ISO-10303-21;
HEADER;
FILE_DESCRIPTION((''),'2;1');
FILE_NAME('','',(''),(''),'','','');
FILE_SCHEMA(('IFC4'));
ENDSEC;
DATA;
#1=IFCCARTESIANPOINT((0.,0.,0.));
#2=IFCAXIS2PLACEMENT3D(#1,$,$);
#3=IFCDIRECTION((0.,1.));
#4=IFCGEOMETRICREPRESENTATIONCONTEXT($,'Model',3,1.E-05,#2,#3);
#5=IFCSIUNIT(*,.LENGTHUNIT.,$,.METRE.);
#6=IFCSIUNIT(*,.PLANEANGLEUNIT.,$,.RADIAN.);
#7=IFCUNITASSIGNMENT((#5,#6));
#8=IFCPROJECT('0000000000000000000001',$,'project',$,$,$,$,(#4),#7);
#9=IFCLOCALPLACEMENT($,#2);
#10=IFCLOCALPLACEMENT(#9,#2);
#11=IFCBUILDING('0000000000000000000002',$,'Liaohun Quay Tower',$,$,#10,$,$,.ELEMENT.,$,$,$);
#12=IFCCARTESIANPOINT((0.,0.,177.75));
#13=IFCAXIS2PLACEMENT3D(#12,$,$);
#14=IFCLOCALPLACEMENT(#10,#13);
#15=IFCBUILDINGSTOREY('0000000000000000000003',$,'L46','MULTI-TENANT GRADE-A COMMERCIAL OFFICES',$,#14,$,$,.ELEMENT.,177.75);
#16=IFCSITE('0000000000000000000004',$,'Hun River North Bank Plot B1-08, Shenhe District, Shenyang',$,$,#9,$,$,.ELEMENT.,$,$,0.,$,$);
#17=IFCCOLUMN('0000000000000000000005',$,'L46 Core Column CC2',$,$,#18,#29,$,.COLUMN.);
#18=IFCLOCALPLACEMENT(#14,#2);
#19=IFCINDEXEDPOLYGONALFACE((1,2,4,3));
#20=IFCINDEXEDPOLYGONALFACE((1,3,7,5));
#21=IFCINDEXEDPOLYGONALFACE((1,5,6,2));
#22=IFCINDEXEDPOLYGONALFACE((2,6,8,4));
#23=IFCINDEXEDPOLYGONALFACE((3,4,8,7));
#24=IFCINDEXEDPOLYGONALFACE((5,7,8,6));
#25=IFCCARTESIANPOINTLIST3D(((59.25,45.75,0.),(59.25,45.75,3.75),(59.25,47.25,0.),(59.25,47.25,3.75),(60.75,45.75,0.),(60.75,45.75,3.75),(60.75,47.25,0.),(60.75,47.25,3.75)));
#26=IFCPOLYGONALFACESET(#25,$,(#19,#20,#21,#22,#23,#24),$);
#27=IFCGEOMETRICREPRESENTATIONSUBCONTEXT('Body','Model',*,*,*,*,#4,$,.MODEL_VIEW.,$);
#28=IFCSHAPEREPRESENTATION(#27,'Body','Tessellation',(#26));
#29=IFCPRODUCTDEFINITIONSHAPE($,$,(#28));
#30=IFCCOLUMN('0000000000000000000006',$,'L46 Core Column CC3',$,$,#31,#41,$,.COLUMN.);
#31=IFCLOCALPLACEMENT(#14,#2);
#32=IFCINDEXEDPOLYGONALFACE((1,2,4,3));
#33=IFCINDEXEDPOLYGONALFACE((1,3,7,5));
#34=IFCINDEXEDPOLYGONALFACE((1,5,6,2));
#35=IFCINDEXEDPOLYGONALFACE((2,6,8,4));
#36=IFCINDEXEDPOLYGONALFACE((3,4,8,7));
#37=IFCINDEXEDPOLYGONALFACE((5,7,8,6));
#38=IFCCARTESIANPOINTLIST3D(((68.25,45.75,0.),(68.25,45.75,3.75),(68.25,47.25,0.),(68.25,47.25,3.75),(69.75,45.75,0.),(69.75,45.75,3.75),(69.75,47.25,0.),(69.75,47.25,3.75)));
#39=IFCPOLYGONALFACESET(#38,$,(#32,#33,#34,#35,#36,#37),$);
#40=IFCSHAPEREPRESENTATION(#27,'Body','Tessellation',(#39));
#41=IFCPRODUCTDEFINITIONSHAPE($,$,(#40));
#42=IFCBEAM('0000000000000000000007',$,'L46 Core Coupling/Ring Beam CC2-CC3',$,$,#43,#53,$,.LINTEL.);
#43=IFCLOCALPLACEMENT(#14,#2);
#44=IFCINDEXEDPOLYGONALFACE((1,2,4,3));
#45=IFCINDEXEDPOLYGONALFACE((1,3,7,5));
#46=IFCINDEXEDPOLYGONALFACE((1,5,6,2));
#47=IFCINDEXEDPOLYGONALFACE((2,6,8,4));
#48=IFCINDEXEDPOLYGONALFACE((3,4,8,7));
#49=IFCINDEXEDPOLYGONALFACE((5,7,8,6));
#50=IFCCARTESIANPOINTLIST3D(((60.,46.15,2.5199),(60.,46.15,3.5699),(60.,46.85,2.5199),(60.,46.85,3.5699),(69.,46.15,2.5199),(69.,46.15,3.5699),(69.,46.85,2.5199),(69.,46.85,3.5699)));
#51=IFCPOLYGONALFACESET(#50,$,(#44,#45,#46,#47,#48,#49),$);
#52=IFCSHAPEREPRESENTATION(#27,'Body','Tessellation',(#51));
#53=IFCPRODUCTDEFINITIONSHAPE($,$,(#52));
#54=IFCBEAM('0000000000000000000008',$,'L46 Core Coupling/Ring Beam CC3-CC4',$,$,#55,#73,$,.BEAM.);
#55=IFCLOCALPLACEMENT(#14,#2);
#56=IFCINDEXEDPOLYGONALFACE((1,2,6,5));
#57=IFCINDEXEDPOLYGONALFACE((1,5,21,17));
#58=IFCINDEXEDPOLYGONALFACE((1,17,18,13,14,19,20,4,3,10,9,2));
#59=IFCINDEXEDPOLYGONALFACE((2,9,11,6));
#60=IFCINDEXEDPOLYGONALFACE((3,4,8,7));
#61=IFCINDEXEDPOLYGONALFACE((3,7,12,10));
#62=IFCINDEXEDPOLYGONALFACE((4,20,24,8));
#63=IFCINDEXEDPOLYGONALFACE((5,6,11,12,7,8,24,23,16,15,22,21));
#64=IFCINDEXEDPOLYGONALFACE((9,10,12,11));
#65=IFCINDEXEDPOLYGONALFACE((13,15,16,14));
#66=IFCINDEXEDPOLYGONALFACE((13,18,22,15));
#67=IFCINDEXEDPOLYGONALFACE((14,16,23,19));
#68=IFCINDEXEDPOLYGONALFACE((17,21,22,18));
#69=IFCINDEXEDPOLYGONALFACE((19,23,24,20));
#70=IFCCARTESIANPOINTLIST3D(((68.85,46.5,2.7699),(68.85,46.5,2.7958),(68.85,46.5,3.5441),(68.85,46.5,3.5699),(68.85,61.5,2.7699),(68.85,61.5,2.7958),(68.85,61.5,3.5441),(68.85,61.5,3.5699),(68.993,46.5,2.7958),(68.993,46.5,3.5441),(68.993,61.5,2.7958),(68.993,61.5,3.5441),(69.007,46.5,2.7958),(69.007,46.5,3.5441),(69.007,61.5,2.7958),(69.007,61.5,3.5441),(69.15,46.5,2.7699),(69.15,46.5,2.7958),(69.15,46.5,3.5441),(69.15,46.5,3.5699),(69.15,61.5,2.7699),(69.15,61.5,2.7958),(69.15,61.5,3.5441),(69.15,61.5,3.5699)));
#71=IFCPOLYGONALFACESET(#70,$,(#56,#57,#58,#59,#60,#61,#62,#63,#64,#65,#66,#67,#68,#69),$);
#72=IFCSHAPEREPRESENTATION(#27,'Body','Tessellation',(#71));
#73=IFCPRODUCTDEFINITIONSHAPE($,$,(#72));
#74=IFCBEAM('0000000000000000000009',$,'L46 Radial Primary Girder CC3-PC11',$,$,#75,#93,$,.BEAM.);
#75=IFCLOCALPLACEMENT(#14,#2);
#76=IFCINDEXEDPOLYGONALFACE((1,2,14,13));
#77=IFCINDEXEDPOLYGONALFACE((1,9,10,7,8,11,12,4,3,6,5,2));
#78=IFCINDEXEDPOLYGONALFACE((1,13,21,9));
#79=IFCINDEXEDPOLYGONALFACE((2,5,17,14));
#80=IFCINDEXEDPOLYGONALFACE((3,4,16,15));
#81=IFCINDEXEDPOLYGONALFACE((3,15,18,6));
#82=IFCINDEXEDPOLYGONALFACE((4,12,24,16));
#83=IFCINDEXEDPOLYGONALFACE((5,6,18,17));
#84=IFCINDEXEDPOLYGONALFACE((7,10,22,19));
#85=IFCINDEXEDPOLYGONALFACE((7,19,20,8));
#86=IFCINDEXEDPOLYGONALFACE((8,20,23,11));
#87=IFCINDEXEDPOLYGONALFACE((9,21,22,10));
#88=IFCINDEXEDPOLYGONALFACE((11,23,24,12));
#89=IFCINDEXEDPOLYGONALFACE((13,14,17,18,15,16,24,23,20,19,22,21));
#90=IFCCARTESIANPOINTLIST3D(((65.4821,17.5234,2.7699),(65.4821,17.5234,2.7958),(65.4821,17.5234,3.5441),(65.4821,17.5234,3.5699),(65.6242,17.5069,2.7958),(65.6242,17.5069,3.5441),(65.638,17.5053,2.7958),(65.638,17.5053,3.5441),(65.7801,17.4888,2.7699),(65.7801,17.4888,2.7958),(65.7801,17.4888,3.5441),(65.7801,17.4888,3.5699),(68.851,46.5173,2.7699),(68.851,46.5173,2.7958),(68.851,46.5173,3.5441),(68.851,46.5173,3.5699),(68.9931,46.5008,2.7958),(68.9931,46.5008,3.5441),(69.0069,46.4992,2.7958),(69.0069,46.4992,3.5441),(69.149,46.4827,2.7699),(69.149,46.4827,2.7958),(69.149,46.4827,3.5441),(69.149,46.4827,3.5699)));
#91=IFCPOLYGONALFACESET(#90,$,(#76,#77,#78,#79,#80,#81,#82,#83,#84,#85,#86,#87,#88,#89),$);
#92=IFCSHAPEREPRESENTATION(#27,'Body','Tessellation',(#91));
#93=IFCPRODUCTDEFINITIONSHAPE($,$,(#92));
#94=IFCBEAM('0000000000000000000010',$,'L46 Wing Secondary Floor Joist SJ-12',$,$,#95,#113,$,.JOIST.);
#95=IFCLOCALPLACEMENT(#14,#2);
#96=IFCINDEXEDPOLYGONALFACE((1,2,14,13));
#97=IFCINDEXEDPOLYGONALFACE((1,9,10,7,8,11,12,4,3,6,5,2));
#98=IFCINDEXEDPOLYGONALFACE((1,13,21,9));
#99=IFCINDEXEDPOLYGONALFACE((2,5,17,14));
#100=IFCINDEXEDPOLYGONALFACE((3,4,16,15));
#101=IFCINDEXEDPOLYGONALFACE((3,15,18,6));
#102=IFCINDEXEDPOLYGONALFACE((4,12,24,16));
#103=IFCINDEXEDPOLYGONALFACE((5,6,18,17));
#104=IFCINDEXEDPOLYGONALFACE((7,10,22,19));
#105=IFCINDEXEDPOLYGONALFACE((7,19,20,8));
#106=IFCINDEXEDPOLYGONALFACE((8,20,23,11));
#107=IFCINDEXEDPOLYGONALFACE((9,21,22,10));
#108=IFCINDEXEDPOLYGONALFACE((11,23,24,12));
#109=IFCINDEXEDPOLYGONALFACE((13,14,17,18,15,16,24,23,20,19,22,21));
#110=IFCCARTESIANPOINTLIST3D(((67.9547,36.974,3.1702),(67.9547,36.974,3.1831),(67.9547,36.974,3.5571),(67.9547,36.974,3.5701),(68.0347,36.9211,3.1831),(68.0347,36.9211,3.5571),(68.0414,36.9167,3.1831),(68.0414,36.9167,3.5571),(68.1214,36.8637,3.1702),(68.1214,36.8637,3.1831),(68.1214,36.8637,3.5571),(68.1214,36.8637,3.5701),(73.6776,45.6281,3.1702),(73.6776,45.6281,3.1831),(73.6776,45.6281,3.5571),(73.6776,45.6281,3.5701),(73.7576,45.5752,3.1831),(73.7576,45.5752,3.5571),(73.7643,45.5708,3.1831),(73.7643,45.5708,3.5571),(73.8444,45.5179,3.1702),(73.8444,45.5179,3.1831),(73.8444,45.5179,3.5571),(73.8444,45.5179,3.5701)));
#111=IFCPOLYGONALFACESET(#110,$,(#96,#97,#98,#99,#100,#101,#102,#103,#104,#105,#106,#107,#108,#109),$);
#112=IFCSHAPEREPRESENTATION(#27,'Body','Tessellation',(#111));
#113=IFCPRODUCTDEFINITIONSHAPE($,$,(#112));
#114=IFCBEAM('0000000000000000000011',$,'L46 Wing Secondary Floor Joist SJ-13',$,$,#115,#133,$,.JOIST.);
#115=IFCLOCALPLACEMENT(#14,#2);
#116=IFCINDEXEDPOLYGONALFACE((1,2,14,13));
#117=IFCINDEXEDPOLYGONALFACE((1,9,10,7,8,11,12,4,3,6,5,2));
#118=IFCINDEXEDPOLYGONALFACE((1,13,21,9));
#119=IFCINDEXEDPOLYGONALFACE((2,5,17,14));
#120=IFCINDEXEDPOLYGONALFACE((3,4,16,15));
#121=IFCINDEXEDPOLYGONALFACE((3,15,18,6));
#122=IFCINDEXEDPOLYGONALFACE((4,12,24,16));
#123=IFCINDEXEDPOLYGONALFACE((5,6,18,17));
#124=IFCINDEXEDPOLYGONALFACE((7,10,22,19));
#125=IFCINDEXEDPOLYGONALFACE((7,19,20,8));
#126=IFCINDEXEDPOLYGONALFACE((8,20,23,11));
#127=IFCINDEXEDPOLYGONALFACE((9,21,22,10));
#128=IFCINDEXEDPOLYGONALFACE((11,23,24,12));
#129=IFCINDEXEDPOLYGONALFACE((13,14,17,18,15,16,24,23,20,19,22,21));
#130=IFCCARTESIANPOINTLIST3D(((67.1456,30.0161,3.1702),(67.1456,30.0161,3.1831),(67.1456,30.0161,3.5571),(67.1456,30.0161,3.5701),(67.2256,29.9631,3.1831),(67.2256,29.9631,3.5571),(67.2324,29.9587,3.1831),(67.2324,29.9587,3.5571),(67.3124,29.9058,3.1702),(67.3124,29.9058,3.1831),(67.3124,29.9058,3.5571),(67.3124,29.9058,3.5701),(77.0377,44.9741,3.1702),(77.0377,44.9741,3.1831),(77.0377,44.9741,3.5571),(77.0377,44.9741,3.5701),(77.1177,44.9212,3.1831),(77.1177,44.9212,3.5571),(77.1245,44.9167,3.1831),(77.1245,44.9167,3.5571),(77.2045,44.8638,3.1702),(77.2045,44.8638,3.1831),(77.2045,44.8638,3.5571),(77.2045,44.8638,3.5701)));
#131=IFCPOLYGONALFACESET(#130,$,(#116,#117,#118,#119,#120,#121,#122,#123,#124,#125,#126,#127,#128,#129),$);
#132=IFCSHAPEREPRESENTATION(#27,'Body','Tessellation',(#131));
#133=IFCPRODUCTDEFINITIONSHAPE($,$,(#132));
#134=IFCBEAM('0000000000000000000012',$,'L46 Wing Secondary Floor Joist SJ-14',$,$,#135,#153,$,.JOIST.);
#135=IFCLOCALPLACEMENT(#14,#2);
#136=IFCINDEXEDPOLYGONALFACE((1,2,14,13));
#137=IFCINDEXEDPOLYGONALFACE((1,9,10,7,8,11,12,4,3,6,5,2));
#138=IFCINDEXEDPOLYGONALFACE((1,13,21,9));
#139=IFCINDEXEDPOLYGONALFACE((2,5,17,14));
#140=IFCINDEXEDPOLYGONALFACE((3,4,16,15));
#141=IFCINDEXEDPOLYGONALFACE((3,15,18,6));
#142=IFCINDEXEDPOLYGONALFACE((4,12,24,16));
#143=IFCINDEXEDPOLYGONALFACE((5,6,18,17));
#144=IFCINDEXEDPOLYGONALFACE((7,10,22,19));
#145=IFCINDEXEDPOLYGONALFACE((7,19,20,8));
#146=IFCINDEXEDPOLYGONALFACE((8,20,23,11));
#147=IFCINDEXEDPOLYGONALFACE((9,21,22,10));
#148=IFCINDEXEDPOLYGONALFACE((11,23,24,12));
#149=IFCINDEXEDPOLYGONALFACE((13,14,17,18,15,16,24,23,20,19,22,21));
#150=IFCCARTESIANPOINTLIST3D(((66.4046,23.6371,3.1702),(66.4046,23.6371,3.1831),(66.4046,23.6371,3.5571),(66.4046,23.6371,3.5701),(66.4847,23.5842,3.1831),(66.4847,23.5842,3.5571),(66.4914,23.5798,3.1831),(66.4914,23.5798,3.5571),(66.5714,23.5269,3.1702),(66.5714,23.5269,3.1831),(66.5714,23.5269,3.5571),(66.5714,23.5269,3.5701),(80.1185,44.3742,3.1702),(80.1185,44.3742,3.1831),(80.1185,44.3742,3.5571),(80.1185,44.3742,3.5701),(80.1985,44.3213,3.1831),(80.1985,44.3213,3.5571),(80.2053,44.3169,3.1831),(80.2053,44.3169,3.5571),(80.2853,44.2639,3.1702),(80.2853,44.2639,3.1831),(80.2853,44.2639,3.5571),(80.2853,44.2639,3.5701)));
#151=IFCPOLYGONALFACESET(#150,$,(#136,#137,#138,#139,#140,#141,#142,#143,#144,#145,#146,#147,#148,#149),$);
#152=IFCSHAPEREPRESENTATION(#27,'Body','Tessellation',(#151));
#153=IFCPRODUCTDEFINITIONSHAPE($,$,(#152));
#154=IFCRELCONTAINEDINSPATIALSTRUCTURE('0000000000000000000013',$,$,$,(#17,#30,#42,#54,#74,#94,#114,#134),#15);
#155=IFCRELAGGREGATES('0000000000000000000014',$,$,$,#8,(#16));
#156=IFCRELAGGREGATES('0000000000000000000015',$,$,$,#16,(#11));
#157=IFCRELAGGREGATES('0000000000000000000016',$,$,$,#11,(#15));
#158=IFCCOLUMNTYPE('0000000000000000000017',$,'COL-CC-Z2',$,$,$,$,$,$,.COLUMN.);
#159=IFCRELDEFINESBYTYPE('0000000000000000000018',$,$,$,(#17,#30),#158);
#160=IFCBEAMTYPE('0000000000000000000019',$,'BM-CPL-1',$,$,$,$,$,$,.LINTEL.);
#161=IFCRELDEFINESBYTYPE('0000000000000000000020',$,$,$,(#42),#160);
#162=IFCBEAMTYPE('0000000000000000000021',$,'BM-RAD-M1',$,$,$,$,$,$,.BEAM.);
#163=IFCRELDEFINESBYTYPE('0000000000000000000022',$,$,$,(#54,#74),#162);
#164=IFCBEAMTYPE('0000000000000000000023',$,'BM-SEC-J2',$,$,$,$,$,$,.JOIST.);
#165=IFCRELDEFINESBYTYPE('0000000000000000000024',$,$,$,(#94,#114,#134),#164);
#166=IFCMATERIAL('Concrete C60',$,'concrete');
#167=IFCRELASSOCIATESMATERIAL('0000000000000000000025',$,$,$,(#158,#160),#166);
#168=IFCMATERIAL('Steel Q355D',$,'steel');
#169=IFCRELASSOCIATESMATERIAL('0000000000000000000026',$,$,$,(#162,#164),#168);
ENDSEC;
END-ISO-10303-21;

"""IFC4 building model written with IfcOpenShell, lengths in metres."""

from ifc_helpers import new_model, si_unit, direction, frame, origin, origin_2d, place, context, subcontext, project, spatial, rectangle, i_section, extrude, source, transform, mapped, material, material_profile, profile_set, type_object, element, save


model = new_model("IFC4")

# Units and contexts
model_context = context("Model", 3, precision=1e-05, world=origin(), true_north=direction((0.0, 1.0)))
body_context = subcontext(model_context, "Body", "Model", "MODEL_VIEW")
ifc_project = project(units=[si_unit("LENGTHUNIT", "METRE"), si_unit("PLANEANGLEUNIT", "RADIAN")], contexts=[model_context])

# Site, building, storey
site_placement = place(None, origin())
site = spatial("IfcSite", under=ifc_project, at=site_placement, Name="Hun River North Bank Plot B1-08, Shenhe District, Shenyang", CompositionType="ELEMENT", RefElevation=0.0)
building_placement = place(site_placement, origin())
building = spatial("IfcBuilding", under=site, at=building_placement, Name="Liaohun Quay Tower", CompositionType="ELEMENT")
storey_placement = place(building_placement, frame((0.0, 0.0, 177.75)))
storey = spatial("IfcBuildingStorey", under=building, at=storey_placement, Name="L46", Description="MULTI-TENANT GRADE-A COMMERCIAL OFFICES", CompositionType="ELEMENT", Elevation=177.75)

# Columns
ifc_material_1 = material(Name="Concrete C60", Category="concrete")
ifc_material_profile_1 = material_profile(ifc_material_1, rectangle(XDim=1.5, YDim=1.5, at=origin_2d()), Name="RC1500x1500")
ifc_profile_set_1 = profile_set([ifc_material_profile_1], Name="Concrete C60")
column_type = type_object("IfcColumnType", Name="COL-CC-Z2", PredefinedType="COLUMN", material=ifc_profile_set_1)
shared_shape_1 = source(origin(), body_context, "Body", "SweptSolid", [
    extrude(rectangle(XDim=1.5, YDim=1.5, at=origin_2d()), origin(), (0.0, 0.0, 1.0), 3.75),
])
for number, where, z_axis, x_axis, name in (
    (1, (60.0, 46.5, 0.0), (0.0, 0.0, 1.0), (1.0, 0.0, 0.0), "L46 Core Column CC2"),
    (2, (69.0, 46.5, 0.0), (0.0, 0.0, 1.0), (1.0, 0.0, 0.0), "L46 Core Column CC3"),
):
    element("IfcColumn", number, at=place(storey_placement, frame(where, z_axis=z_axis, x_axis=x_axis)), inside=storey, type_object=column_type, Name=name, PredefinedType="COLUMN", context=body_context, shape_type="MappedRepresentation", body=[
        mapped(shared_shape_1, transform((0.0, 0.0, 0.0), x_axis=(1.0, 0.0, 0.0), y_axis=(0.0, 1.0, 0.0), z_axis=(0.0, 0.0, 1.0), scale=1.0)),
    ])

# Beams
ifc_material_profile_2 = material_profile(ifc_material_1, rectangle(XDim=0.7, YDim=1.05, at=origin_2d()), Name="RC700x1050")
ifc_profile_set_2 = profile_set([ifc_material_profile_2], Name="Concrete C60")
beam_type_1 = type_object("IfcBeamType", Name="BM-CPL-1", PredefinedType="LINTEL", material=ifc_profile_set_2)
shared_shape_2 = source(origin(), body_context, "Body", "SweptSolid", [
    extrude(rectangle(XDim=0.7, YDim=1.05, at=origin_2d()), origin(), (0.0, 0.0, 1.0), 9.0),
])
beam_1_placement = place(storey_placement, frame((60.0, 46.5, 3.0449), z_axis=(1.0, 0.0, 0.0), x_axis=(0.0, 1.0, 0.0)))
element("IfcBeam", 3, at=beam_1_placement, inside=storey, type_object=beam_type_1, Name="L46 Core Coupling/Ring Beam CC2-CC3", PredefinedType="LINTEL", context=body_context, shape_type="MappedRepresentation", body=[
    mapped(shared_shape_2, transform((0.0, 0.0, 0.0), x_axis=(1.0, 0.0, 0.0), y_axis=(0.0, 1.0, 0.0), z_axis=(0.0, 0.0, 1.0), scale=1.0)),
])
ifc_material_2 = material(Name="Steel Q355D", Category="steel")
ifc_material_profile_3 = material_profile(ifc_material_2, i_section(OverallWidth=0.3, OverallDepth=0.8, WebThickness=0.0139, FlangeThickness=0.0259, at=origin_2d()), Name="HN800x300x14x26")
ifc_profile_set_3 = profile_set([ifc_material_profile_3], Name="Steel Q355D")
beam_type_2 = type_object("IfcBeamType", Name="BM-RAD-M1", PredefinedType="BEAM", material=ifc_profile_set_3)
shared_shape_3 = source(origin(), body_context, "Body", "SweptSolid", [
    extrude(i_section(OverallWidth=0.3, OverallDepth=0.8, WebThickness=0.0139, FlangeThickness=0.0259, at=origin_2d()), origin(), (0.0, 0.0, 1.0), 15.0),
])
beam_2_placement = place(storey_placement, frame((69.0, 46.5, 3.1699), z_axis=(0.0, 1.0, 0.0), x_axis=(-1.0, 0.0, 0.0)))
element("IfcBeam", 4, at=beam_2_placement, inside=storey, type_object=beam_type_2, Name="L46 Core Coupling/Ring Beam CC3-CC4", PredefinedType="BEAM", context=body_context, shape_type="MappedRepresentation", body=[
    mapped(shared_shape_3, transform((0.0, 0.0, 0.0), x_axis=(1.0, 0.0, 0.0), y_axis=(0.0, 1.0, 0.0), z_axis=(0.0, 0.0, 1.0), scale=1.0)),
])
shared_shape_4 = source(origin(), body_context, "Body", "SweptSolid", [
    extrude(i_section(OverallWidth=0.3, OverallDepth=0.8, WebThickness=0.0139, FlangeThickness=0.0259, at=origin_2d()), origin(), (0.0, 0.0, 1.0), 29.189),
])
beam_3_placement = place(storey_placement, frame((69.0, 46.5, 3.1699), z_axis=(-0.115417, -0.993317, 0.0), x_axis=(0.993317, -0.115417, 0.0)))
element("IfcBeam", 5, at=beam_3_placement, inside=storey, type_object=beam_type_2, Name="L46 Radial Primary Girder CC3-PC11", PredefinedType="BEAM", context=body_context, shape_type="MappedRepresentation", body=[
    mapped(shared_shape_4, transform((0.0, 0.0, 0.0), x_axis=(1.0, 0.0, 0.0), y_axis=(0.0, 1.0, 0.0), z_axis=(0.0, 0.0, 1.0), scale=1.0)),
])
ifc_material_profile_4 = material_profile(ifc_material_2, i_section(OverallWidth=0.2, OverallDepth=0.3999, WebThickness=0.0081, FlangeThickness=0.0129, at=origin_2d()), Name="HN400x200x8x13")
ifc_profile_set_4 = profile_set([ifc_material_profile_4], Name="Steel Q355D")
beam_type_3 = type_object("IfcBeamType", Name="BM-SEC-J2", PredefinedType="JOIST", material=ifc_profile_set_4)
shared_shape_5 = source(origin(), body_context, "Body", "SweptSolid", [
    extrude(i_section(OverallWidth=0.2, OverallDepth=0.3999, WebThickness=0.0081, FlangeThickness=0.0129, at=origin_2d()), origin(), (0.0, 0.0, 1.0), 10.3752),
])
beam_4_placement = place(storey_placement, frame((73.761, 45.573, 3.3701), z_axis=(-0.551596, -0.834112, 0.0), x_axis=(0.834112, -0.551596, 0.0)))
element("IfcBeam", 6, at=beam_4_placement, inside=storey, type_object=beam_type_3, Name="L46 Wing Secondary Floor Joist SJ-12", PredefinedType="JOIST", context=body_context, shape_type="MappedRepresentation", body=[
    mapped(shared_shape_5, transform((0.0, 0.0, 0.0), x_axis=(1.0, 0.0, 0.0), y_axis=(0.0, 1.0, 0.0), z_axis=(0.0, 0.0, 1.0), scale=1.0)),
])
shared_shape_6 = source(origin(), body_context, "Body", "SweptSolid", [
    extrude(i_section(OverallWidth=0.2, OverallDepth=0.3999, WebThickness=0.0081, FlangeThickness=0.0129, at=origin_2d()), origin(), (0.0, 0.0, 1.0), 17.9331),
])
beam_5_placement = place(storey_placement, frame((77.1211, 44.9189, 3.3701), z_axis=(-0.551611, -0.834101, 0.0), x_axis=(0.834101, -0.551611, 0.0)))
element("IfcBeam", 7, at=beam_5_placement, inside=storey, type_object=beam_type_3, Name="L46 Wing Secondary Floor Joist SJ-13", PredefinedType="JOIST", context=body_context, shape_type="MappedRepresentation", body=[
    mapped(shared_shape_6, transform((0.0, 0.0, 0.0), x_axis=(1.0, 0.0, 0.0), y_axis=(0.0, 1.0, 0.0), z_axis=(0.0, 0.0, 1.0), scale=1.0)),
])
shared_shape_7 = source(origin(), body_context, "Body", "SweptSolid", [
    extrude(i_section(OverallWidth=0.2, OverallDepth=0.3999, WebThickness=0.0081, FlangeThickness=0.0129, at=origin_2d()), origin(), (0.0, 0.0, 1.0), 24.8616),
])
beam_6_placement = place(storey_placement, frame((80.2019, 44.3191, 3.3701), z_axis=(-0.55161, -0.834102, 0.0), x_axis=(0.834102, -0.55161, 0.0)))
element("IfcBeam", 8, at=beam_6_placement, inside=storey, type_object=beam_type_3, Name="L46 Wing Secondary Floor Joist SJ-14", PredefinedType="JOIST", context=body_context, shape_type="MappedRepresentation", body=[
    mapped(shared_shape_7, transform((0.0, 0.0, 0.0), x_axis=(1.0, 0.0, 0.0), y_axis=(0.0, 1.0, 0.0), z_axis=(0.0, 0.0, 1.0), scale=1.0)),
])

save(model, "model.ifc")
